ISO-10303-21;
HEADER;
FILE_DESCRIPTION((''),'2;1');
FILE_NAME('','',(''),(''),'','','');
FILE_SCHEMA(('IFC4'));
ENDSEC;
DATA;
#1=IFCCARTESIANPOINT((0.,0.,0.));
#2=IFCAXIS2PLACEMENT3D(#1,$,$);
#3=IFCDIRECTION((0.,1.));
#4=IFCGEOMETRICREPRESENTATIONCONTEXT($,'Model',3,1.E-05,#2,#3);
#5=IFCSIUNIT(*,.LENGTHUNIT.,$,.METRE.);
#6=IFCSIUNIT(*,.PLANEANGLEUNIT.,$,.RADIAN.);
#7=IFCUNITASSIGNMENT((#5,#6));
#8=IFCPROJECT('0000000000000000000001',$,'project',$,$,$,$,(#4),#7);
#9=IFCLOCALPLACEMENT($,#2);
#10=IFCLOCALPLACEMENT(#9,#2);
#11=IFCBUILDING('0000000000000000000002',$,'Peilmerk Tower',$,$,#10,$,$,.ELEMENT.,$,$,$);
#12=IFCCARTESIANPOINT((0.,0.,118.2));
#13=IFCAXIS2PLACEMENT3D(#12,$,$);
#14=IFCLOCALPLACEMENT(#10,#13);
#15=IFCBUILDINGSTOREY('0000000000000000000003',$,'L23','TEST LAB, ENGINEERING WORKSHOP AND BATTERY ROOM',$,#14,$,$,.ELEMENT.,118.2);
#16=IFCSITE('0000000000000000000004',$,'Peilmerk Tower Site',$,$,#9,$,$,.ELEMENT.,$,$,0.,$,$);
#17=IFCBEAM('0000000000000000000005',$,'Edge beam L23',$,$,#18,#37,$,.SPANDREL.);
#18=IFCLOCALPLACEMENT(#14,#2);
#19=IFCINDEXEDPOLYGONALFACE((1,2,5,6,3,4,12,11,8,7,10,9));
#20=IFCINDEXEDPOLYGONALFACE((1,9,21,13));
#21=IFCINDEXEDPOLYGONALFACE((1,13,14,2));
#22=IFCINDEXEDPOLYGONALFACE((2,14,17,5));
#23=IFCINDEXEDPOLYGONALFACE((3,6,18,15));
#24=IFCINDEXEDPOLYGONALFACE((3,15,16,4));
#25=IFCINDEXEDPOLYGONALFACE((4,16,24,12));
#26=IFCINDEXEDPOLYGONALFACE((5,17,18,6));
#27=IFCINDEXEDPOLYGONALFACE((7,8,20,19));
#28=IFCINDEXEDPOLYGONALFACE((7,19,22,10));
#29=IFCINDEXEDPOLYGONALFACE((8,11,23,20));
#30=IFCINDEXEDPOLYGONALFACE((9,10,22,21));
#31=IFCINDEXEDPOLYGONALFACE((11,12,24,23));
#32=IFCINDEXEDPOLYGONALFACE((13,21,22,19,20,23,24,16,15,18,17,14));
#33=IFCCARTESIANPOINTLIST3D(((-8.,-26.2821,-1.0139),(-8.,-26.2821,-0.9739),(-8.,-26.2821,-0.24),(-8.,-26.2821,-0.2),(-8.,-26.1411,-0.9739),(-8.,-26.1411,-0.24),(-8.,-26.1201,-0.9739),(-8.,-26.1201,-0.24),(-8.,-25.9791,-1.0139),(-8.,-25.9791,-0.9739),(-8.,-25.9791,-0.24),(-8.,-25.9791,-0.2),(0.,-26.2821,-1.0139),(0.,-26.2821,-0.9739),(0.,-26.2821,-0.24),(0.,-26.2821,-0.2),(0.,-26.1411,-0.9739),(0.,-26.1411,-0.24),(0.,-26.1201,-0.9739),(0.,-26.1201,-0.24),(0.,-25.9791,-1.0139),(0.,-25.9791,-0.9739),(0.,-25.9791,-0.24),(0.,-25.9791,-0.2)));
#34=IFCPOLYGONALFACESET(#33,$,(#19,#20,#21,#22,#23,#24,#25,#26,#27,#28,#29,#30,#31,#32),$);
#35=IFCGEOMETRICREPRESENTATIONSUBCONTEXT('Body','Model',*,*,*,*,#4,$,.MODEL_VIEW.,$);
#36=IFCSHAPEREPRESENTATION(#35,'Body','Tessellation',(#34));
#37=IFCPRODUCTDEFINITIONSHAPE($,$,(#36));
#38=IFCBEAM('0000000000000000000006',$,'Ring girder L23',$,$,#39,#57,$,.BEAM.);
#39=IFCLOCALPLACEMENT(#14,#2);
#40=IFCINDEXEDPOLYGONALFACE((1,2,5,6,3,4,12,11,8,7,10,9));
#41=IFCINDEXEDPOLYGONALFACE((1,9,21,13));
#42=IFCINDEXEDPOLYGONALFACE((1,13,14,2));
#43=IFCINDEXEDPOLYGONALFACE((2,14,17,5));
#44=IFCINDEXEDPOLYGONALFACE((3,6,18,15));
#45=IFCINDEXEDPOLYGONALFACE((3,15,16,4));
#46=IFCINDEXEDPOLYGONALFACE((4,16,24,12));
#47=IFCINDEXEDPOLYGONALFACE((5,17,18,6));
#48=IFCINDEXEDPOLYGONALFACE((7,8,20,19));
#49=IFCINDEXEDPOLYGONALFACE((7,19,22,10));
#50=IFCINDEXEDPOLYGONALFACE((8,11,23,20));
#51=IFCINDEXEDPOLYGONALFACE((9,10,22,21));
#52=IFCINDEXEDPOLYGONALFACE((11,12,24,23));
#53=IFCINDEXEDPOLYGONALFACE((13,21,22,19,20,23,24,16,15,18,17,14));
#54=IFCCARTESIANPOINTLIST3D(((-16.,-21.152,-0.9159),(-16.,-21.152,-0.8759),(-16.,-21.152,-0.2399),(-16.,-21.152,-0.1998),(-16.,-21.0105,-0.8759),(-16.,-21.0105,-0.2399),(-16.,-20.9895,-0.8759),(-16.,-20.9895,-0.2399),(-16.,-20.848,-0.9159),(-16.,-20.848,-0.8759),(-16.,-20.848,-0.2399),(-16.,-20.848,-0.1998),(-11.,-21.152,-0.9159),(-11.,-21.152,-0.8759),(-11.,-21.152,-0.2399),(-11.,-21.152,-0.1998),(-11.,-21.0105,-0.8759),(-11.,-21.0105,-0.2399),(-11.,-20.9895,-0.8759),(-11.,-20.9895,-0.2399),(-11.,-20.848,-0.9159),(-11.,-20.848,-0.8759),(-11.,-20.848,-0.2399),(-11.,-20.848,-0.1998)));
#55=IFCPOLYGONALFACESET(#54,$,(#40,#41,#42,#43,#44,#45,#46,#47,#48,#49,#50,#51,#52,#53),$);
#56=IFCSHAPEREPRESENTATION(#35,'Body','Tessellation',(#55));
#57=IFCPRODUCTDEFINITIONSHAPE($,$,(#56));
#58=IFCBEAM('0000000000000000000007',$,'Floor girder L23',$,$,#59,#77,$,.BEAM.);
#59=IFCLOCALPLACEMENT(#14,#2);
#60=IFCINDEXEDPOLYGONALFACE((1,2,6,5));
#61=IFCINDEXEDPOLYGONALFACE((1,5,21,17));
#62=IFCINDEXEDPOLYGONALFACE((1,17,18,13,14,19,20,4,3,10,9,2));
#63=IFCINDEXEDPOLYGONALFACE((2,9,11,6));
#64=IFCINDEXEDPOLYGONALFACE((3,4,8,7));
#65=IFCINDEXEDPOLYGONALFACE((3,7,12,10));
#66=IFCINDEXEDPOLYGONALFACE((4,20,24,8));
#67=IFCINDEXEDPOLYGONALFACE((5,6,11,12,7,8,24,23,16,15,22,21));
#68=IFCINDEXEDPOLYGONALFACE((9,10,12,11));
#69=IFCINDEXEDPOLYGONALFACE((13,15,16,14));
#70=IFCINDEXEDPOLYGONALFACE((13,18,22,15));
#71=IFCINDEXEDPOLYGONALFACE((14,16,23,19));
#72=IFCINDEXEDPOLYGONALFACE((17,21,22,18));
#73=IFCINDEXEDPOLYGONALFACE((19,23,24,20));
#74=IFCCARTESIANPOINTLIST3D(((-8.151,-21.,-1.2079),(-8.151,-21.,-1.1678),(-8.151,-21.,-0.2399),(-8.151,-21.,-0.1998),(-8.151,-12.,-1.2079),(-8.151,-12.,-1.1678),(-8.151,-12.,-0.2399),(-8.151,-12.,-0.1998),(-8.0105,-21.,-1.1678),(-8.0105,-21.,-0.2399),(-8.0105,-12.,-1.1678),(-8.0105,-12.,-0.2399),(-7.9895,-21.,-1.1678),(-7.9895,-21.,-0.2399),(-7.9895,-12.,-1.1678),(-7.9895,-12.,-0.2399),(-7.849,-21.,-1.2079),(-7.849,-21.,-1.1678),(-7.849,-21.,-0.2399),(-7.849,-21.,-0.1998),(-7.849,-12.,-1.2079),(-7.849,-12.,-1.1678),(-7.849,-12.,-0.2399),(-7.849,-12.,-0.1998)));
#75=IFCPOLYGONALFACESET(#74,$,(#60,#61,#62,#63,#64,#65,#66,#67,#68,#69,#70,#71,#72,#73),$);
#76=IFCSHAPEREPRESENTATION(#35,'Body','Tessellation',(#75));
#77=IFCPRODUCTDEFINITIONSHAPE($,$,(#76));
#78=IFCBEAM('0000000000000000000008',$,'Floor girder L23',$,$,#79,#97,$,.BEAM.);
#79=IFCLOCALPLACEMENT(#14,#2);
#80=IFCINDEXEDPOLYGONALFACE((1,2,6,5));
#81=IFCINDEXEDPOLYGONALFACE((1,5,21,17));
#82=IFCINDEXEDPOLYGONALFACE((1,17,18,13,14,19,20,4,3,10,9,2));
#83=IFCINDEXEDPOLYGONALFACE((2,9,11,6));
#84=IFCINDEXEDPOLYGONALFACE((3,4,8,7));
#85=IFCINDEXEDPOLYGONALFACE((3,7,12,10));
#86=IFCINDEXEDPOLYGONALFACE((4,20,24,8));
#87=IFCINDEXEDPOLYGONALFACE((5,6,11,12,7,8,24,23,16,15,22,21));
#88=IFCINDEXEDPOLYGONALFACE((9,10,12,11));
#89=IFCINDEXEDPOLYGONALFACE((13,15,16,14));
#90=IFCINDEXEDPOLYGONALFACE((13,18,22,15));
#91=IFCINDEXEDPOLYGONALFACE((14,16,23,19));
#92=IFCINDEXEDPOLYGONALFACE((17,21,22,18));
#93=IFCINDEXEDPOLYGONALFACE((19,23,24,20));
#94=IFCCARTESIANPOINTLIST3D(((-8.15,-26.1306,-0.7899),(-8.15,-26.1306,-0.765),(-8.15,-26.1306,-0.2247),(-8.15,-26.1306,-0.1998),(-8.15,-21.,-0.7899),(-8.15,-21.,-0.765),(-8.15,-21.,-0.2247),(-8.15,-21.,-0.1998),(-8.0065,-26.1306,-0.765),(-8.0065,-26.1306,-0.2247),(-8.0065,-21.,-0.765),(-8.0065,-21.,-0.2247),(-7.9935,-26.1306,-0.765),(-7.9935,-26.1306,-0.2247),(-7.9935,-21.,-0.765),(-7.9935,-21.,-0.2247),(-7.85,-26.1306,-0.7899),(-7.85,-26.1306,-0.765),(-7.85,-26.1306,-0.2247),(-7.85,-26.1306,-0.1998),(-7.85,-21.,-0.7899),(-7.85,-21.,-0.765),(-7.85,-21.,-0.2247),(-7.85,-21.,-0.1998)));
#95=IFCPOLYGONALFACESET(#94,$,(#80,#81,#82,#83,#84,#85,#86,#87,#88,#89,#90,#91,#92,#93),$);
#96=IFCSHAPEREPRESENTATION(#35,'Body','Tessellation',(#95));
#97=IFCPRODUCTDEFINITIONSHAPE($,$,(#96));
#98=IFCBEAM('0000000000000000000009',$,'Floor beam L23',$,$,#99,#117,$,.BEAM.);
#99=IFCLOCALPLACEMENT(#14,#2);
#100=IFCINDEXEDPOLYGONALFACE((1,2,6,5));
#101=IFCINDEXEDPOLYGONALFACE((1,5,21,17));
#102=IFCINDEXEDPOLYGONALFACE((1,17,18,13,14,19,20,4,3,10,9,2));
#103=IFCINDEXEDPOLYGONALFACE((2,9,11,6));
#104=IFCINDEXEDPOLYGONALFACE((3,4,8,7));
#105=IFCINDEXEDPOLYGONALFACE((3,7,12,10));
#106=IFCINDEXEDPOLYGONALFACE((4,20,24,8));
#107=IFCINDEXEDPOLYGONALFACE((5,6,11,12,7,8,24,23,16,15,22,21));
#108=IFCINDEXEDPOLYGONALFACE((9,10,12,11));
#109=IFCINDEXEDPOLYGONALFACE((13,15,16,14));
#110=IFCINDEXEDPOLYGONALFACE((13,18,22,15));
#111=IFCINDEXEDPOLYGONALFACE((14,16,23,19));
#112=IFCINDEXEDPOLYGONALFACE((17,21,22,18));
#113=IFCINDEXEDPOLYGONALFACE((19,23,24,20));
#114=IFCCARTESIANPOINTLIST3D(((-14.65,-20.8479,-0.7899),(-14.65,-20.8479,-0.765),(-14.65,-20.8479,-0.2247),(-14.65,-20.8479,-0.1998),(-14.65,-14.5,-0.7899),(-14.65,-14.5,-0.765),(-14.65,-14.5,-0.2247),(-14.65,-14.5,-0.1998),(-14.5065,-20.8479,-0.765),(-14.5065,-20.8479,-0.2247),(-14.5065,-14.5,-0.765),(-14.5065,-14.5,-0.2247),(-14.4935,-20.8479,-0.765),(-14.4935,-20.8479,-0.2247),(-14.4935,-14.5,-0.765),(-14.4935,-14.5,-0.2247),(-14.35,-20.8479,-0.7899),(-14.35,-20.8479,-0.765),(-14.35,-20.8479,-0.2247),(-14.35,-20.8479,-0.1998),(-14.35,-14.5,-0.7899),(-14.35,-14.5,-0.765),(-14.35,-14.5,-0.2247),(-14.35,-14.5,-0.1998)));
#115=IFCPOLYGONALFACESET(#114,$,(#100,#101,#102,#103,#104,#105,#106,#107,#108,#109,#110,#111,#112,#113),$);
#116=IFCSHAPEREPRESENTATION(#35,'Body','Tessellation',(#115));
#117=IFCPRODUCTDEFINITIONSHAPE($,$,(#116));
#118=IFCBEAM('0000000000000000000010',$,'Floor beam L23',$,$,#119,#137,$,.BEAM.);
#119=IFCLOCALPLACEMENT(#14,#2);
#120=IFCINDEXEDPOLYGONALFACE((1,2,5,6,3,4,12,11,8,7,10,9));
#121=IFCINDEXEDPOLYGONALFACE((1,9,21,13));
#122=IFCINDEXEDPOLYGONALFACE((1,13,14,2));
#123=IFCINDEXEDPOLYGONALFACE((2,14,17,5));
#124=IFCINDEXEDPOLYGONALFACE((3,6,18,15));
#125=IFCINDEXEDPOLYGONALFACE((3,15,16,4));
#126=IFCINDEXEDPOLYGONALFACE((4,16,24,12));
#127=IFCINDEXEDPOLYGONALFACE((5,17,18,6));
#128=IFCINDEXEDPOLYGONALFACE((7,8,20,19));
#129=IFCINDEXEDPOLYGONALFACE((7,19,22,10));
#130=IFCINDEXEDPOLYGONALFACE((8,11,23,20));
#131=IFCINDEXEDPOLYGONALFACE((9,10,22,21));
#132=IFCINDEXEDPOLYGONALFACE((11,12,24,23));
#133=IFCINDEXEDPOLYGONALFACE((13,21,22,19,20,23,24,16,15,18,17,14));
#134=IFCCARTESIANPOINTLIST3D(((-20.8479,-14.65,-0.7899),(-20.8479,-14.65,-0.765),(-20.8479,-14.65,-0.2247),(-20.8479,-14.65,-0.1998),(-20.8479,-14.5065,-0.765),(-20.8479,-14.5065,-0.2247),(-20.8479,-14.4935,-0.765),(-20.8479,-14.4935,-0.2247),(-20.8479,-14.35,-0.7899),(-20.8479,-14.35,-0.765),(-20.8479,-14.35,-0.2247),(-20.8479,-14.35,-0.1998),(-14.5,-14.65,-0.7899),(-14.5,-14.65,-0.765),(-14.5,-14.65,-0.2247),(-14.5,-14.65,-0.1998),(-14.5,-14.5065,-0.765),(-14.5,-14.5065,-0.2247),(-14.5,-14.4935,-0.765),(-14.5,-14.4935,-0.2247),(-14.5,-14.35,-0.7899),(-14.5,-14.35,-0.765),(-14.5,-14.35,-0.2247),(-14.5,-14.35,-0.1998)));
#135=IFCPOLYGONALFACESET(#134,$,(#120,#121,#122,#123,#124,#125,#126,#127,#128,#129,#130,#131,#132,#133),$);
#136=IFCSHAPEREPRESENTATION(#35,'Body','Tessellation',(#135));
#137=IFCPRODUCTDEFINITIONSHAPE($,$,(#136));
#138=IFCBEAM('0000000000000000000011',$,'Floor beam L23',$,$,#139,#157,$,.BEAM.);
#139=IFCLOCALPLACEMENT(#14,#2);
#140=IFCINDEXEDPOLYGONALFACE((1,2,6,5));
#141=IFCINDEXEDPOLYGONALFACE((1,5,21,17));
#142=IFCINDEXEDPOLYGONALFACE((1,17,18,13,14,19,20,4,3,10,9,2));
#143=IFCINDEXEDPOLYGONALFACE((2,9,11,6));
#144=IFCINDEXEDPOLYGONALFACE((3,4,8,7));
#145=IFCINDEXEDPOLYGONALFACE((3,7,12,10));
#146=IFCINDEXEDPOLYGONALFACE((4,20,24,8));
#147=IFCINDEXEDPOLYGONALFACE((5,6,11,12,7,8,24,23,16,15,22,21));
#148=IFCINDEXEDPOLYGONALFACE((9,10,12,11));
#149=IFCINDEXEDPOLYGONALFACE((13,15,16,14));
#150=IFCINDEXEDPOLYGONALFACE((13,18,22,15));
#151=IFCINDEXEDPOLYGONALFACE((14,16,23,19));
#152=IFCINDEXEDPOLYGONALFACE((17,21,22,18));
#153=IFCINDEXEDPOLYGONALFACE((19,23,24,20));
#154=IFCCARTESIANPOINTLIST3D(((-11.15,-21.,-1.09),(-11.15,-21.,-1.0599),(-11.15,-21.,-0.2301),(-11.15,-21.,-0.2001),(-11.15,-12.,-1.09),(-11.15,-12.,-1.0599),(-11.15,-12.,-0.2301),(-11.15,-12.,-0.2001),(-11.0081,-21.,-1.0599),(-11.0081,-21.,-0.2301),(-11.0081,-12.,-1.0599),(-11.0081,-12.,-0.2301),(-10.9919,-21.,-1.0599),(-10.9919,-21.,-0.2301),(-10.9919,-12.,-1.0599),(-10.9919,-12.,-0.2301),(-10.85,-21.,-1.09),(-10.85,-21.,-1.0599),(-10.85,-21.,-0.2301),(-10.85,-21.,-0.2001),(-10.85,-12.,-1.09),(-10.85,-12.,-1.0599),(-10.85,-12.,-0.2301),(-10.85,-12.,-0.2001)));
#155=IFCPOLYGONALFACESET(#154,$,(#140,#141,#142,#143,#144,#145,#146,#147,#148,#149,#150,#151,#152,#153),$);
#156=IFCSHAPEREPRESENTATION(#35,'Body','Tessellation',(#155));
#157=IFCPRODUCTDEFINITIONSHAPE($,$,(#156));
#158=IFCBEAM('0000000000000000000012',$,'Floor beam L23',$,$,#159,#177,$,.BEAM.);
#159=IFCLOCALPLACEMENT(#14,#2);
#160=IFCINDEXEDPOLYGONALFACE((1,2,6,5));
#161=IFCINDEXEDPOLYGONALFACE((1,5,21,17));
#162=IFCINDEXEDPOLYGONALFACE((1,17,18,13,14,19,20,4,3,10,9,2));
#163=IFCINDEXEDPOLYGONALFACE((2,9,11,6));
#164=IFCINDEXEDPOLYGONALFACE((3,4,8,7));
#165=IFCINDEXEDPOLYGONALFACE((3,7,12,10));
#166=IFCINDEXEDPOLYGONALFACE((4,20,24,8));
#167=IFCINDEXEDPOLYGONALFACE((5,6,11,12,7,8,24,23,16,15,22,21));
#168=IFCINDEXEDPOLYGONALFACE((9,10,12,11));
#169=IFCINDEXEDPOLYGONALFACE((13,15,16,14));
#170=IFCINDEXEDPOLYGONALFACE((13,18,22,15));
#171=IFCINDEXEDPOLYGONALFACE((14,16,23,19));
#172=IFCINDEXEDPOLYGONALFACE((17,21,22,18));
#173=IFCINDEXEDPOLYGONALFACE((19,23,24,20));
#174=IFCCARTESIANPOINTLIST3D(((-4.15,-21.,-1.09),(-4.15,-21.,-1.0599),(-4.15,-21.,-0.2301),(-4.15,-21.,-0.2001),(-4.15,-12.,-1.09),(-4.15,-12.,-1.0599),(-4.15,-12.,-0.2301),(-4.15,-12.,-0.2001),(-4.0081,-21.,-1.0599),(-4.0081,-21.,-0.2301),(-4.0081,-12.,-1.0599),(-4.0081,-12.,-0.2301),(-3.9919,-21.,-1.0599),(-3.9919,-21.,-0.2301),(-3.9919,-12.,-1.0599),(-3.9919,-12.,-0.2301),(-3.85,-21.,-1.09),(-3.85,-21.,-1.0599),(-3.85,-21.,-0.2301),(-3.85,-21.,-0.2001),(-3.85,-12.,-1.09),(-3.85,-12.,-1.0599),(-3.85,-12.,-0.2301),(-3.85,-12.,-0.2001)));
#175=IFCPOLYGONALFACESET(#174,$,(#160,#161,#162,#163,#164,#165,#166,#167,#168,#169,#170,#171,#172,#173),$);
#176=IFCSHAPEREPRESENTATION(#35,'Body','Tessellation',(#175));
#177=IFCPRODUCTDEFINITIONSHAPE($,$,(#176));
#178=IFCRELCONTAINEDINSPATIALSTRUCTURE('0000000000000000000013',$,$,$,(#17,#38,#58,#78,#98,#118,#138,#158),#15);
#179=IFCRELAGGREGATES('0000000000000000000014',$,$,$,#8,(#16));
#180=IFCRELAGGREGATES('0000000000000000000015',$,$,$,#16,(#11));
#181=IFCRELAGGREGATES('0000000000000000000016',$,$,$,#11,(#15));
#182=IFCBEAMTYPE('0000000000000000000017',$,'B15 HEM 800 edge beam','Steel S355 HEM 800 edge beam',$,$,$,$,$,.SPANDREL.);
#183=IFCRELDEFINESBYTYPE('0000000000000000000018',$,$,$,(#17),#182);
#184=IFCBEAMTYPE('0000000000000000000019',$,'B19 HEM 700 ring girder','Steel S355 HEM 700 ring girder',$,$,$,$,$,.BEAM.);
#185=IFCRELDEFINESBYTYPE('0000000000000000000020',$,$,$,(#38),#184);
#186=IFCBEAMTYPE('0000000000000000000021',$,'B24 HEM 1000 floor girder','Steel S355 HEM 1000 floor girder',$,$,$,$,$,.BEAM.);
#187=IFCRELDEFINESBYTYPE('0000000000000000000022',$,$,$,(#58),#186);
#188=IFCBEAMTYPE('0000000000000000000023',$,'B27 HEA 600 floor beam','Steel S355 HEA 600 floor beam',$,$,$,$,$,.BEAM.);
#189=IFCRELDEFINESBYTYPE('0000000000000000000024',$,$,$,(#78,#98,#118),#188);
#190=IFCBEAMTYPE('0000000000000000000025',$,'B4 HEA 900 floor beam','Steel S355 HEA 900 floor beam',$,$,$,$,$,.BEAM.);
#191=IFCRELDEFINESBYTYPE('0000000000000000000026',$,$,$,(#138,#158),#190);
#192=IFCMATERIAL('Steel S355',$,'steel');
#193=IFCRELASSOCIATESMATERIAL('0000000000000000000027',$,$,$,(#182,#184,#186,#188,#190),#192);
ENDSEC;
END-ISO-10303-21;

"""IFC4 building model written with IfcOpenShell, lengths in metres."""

from ifc_helpers import new_model, si_unit, direction, frame, origin, origin_2d, place, context, subcontext, project, spatial, i_section, extrude, material, material_profile, profile_set, type_object, element, save


model = new_model("IFC4")

# Units and contexts
model_context = context("Model", 3, precision=1e-05, world=origin(), true_north=direction((0.0, 1.0)))
body_context = subcontext(model_context, "Body", "Model", "MODEL_VIEW")
ifc_project = project(units=[si_unit("LENGTHUNIT", "METRE"), si_unit("PLANEANGLEUNIT", "RADIAN")], contexts=[model_context])

# Site, building, storey
site_placement = place(None, origin())
site = spatial("IfcSite", under=ifc_project, at=site_placement, Name="Peilmerk Tower Site", CompositionType="ELEMENT", RefElevation=0.0)
building_placement = place(site_placement, origin())
building = spatial("IfcBuilding", under=site, at=building_placement, Name="Peilmerk Tower", CompositionType="ELEMENT")
storey_placement = place(building_placement, frame((0.0, 0.0, 118.2)))
storey = spatial("IfcBuildingStorey", under=building, at=storey_placement, Name="L23", Description="TEST LAB, ENGINEERING WORKSHOP AND BATTERY ROOM", CompositionType="ELEMENT", Elevation=118.2)

# Beams
ifc_material_1 = material(Name="Steel S355", Category="steel")
ifc_material_profile_1 = material_profile(ifc_material_1, i_section(OverallWidth=0.303, OverallDepth=0.814, WebThickness=0.021, FlangeThickness=0.04, at=origin_2d()), Name="HEM 800")
ifc_profile_set_1 = profile_set([ifc_material_profile_1], Name="Steel S355")
beam_type_1 = type_object("IfcBeamType", Name="B15 HEM 800 edge beam", Description="Steel S355 HEM 800 edge beam", PredefinedType="SPANDREL", material=ifc_profile_set_1)
beam_1_placement = place(storey_placement, frame((-8.0, -26.1306, -0.6069), z_axis=(1.0, 0.0, 0.0), x_axis=(0.0, 1.0, 0.0)))
element("IfcBeam", 1, at=beam_1_placement, inside=storey, type_object=beam_type_1, Name="Edge beam L23", PredefinedType="SPANDREL", context=body_context, shape_type="SweptSolid", body=[
    extrude(i_section(OverallWidth=0.303, OverallDepth=0.814, WebThickness=0.021, FlangeThickness=0.04, at=origin_2d()), origin(), (0.0, 0.0, 1.0), 8.0),
])
ifc_material_profile_2 = material_profile(ifc_material_1, i_section(OverallWidth=0.304, OverallDepth=0.7161, WebThickness=0.021, FlangeThickness=0.04, at=origin_2d()), Name="HEM 700")
ifc_profile_set_2 = profile_set([ifc_material_profile_2], Name="Steel S355")
beam_type_2 = type_object("IfcBeamType", Name="B19 HEM 700 ring girder", Description="Steel S355 HEM 700 ring girder", PredefinedType="BEAM", material=ifc_profile_set_2)
beam_2_placement = place(storey_placement, frame((-16.0, -21.0, -0.5579), z_axis=(1.0, 0.0, 0.0), x_axis=(0.0, 1.0, 0.0)))
element("IfcBeam", 2, at=beam_2_placement, inside=storey, type_object=beam_type_2, Name="Ring girder L23", PredefinedType="BEAM", context=body_context, shape_type="SweptSolid", body=[
    extrude(i_section(OverallWidth=0.304, OverallDepth=0.7161, WebThickness=0.021, FlangeThickness=0.04, at=origin_2d()), origin(), (0.0, 0.0, 1.0), 5.0),
])
ifc_material_profile_3 = material_profile(ifc_material_1, i_section(OverallWidth=0.302, OverallDepth=1.0081, WebThickness=0.021, FlangeThickness=0.04, at=origin_2d()), Name="HEM 1000")
ifc_profile_set_3 = profile_set([ifc_material_profile_3], Name="Steel S355")
beam_type_3 = type_object("IfcBeamType", Name="B24 HEM 1000 floor girder", Description="Steel S355 HEM 1000 floor girder", PredefinedType="BEAM", material=ifc_profile_set_3)
beam_3_placement = place(storey_placement, frame((-8.0, -12.0, -0.7039), z_axis=(0.0, -1.0, 0.0), x_axis=(1.0, 0.0, 0.0)))
element("IfcBeam", 3, at=beam_3_placement, inside=storey, type_object=beam_type_3, Name="Floor girder L23", PredefinedType="BEAM", context=body_context, shape_type="SweptSolid", body=[
    extrude(i_section(OverallWidth=0.302, OverallDepth=1.0081, WebThickness=0.021, FlangeThickness=0.04, at=origin_2d()), origin(), (0.0, 0.0, 1.0), 9.0),
])
ifc_material_profile_4 = material_profile(ifc_material_1, i_section(OverallWidth=0.3, OverallDepth=0.5901, WebThickness=0.0129, FlangeThickness=0.0249, at=origin_2d()), Name="HEA 600")
ifc_profile_set_4 = profile_set([ifc_material_profile_4], Name="Steel S355")
beam_type_4 = type_object("IfcBeamType", Name="B27 HEA 600 floor beam", Description="Steel S355 HEA 600 floor beam", PredefinedType="BEAM", material=ifc_profile_set_4)
beam_4_placement = place(storey_placement, frame((-8.0, -21.0, -0.4949), z_axis=(0.0, -1.0, 0.0), x_axis=(1.0, 0.0, 0.0)))
element("IfcBeam", 4, at=beam_4_placement, inside=storey, type_object=beam_type_4, Name="Floor girder L23", PredefinedType="BEAM", context=body_context, shape_type="SweptSolid", body=[
    extrude(i_section(OverallWidth=0.3, OverallDepth=0.5901, WebThickness=0.0129, FlangeThickness=0.0249, at=origin_2d()), origin(), (0.0, 0.0, 1.0), 5.1306),
])
for number, where, z_axis, x_axis, name in (
    (5, (-14.5, -14.5, -0.4949), (0.0, -1.0, 0.0), (1.0, 0.0, 0.0), "Floor beam L23"),
    (6, (-14.5, -14.5, -0.4949), (-1.0, 0.0, 0.0), (0.0, -1.0, 0.0), "Floor beam L23"),
):
    element("IfcBeam", number, at=place(storey_placement, frame(where, z_axis=z_axis, x_axis=x_axis)), inside=storey, type_object=beam_type_4, Name=name, PredefinedType="BEAM", context=body_context, shape_type="SweptSolid", body=[
        extrude(i_section(OverallWidth=0.3, OverallDepth=0.5901, WebThickness=0.0129, FlangeThickness=0.0249, at=origin_2d()), origin(), (0.0, 0.0, 1.0), 6.3479),
    ])
ifc_material_profile_5 = material_profile(ifc_material_1, i_section(OverallWidth=0.3, OverallDepth=0.8899, WebThickness=0.0161, FlangeThickness=0.03, at=origin_2d()), Name="HEA 900")
ifc_profile_set_5 = profile_set([ifc_material_profile_5], Name="Steel S355")
beam_type_5 = type_object("IfcBeamType", Name="B4 HEA 900 floor beam", Description="Steel S355 HEA 900 floor beam", PredefinedType="BEAM", material=ifc_profile_set_5)
for number, where, z_axis, x_axis, name in (
    (7, (-11.0, -12.0, -0.645), (0.0, -1.0, 0.0), (1.0, 0.0, 0.0), "Floor beam L23"),
    (8, (-4.0, -12.0, -0.645), (0.0, -1.0, 0.0), (1.0, 0.0, 0.0), "Floor beam L23"),
):
    element("IfcBeam", number, at=place(storey_placement, frame(where, z_axis=z_axis, x_axis=x_axis)), inside=storey, type_object=beam_type_5, Name=name, PredefinedType="BEAM", context=body_context, shape_type="SweptSolid", body=[
        extrude(i_section(OverallWidth=0.3, OverallDepth=0.8899, WebThickness=0.0161, FlangeThickness=0.03, at=origin_2d()), origin(), (0.0, 0.0, 1.0), 9.0),
    ])

save(model, "model.ifc")
